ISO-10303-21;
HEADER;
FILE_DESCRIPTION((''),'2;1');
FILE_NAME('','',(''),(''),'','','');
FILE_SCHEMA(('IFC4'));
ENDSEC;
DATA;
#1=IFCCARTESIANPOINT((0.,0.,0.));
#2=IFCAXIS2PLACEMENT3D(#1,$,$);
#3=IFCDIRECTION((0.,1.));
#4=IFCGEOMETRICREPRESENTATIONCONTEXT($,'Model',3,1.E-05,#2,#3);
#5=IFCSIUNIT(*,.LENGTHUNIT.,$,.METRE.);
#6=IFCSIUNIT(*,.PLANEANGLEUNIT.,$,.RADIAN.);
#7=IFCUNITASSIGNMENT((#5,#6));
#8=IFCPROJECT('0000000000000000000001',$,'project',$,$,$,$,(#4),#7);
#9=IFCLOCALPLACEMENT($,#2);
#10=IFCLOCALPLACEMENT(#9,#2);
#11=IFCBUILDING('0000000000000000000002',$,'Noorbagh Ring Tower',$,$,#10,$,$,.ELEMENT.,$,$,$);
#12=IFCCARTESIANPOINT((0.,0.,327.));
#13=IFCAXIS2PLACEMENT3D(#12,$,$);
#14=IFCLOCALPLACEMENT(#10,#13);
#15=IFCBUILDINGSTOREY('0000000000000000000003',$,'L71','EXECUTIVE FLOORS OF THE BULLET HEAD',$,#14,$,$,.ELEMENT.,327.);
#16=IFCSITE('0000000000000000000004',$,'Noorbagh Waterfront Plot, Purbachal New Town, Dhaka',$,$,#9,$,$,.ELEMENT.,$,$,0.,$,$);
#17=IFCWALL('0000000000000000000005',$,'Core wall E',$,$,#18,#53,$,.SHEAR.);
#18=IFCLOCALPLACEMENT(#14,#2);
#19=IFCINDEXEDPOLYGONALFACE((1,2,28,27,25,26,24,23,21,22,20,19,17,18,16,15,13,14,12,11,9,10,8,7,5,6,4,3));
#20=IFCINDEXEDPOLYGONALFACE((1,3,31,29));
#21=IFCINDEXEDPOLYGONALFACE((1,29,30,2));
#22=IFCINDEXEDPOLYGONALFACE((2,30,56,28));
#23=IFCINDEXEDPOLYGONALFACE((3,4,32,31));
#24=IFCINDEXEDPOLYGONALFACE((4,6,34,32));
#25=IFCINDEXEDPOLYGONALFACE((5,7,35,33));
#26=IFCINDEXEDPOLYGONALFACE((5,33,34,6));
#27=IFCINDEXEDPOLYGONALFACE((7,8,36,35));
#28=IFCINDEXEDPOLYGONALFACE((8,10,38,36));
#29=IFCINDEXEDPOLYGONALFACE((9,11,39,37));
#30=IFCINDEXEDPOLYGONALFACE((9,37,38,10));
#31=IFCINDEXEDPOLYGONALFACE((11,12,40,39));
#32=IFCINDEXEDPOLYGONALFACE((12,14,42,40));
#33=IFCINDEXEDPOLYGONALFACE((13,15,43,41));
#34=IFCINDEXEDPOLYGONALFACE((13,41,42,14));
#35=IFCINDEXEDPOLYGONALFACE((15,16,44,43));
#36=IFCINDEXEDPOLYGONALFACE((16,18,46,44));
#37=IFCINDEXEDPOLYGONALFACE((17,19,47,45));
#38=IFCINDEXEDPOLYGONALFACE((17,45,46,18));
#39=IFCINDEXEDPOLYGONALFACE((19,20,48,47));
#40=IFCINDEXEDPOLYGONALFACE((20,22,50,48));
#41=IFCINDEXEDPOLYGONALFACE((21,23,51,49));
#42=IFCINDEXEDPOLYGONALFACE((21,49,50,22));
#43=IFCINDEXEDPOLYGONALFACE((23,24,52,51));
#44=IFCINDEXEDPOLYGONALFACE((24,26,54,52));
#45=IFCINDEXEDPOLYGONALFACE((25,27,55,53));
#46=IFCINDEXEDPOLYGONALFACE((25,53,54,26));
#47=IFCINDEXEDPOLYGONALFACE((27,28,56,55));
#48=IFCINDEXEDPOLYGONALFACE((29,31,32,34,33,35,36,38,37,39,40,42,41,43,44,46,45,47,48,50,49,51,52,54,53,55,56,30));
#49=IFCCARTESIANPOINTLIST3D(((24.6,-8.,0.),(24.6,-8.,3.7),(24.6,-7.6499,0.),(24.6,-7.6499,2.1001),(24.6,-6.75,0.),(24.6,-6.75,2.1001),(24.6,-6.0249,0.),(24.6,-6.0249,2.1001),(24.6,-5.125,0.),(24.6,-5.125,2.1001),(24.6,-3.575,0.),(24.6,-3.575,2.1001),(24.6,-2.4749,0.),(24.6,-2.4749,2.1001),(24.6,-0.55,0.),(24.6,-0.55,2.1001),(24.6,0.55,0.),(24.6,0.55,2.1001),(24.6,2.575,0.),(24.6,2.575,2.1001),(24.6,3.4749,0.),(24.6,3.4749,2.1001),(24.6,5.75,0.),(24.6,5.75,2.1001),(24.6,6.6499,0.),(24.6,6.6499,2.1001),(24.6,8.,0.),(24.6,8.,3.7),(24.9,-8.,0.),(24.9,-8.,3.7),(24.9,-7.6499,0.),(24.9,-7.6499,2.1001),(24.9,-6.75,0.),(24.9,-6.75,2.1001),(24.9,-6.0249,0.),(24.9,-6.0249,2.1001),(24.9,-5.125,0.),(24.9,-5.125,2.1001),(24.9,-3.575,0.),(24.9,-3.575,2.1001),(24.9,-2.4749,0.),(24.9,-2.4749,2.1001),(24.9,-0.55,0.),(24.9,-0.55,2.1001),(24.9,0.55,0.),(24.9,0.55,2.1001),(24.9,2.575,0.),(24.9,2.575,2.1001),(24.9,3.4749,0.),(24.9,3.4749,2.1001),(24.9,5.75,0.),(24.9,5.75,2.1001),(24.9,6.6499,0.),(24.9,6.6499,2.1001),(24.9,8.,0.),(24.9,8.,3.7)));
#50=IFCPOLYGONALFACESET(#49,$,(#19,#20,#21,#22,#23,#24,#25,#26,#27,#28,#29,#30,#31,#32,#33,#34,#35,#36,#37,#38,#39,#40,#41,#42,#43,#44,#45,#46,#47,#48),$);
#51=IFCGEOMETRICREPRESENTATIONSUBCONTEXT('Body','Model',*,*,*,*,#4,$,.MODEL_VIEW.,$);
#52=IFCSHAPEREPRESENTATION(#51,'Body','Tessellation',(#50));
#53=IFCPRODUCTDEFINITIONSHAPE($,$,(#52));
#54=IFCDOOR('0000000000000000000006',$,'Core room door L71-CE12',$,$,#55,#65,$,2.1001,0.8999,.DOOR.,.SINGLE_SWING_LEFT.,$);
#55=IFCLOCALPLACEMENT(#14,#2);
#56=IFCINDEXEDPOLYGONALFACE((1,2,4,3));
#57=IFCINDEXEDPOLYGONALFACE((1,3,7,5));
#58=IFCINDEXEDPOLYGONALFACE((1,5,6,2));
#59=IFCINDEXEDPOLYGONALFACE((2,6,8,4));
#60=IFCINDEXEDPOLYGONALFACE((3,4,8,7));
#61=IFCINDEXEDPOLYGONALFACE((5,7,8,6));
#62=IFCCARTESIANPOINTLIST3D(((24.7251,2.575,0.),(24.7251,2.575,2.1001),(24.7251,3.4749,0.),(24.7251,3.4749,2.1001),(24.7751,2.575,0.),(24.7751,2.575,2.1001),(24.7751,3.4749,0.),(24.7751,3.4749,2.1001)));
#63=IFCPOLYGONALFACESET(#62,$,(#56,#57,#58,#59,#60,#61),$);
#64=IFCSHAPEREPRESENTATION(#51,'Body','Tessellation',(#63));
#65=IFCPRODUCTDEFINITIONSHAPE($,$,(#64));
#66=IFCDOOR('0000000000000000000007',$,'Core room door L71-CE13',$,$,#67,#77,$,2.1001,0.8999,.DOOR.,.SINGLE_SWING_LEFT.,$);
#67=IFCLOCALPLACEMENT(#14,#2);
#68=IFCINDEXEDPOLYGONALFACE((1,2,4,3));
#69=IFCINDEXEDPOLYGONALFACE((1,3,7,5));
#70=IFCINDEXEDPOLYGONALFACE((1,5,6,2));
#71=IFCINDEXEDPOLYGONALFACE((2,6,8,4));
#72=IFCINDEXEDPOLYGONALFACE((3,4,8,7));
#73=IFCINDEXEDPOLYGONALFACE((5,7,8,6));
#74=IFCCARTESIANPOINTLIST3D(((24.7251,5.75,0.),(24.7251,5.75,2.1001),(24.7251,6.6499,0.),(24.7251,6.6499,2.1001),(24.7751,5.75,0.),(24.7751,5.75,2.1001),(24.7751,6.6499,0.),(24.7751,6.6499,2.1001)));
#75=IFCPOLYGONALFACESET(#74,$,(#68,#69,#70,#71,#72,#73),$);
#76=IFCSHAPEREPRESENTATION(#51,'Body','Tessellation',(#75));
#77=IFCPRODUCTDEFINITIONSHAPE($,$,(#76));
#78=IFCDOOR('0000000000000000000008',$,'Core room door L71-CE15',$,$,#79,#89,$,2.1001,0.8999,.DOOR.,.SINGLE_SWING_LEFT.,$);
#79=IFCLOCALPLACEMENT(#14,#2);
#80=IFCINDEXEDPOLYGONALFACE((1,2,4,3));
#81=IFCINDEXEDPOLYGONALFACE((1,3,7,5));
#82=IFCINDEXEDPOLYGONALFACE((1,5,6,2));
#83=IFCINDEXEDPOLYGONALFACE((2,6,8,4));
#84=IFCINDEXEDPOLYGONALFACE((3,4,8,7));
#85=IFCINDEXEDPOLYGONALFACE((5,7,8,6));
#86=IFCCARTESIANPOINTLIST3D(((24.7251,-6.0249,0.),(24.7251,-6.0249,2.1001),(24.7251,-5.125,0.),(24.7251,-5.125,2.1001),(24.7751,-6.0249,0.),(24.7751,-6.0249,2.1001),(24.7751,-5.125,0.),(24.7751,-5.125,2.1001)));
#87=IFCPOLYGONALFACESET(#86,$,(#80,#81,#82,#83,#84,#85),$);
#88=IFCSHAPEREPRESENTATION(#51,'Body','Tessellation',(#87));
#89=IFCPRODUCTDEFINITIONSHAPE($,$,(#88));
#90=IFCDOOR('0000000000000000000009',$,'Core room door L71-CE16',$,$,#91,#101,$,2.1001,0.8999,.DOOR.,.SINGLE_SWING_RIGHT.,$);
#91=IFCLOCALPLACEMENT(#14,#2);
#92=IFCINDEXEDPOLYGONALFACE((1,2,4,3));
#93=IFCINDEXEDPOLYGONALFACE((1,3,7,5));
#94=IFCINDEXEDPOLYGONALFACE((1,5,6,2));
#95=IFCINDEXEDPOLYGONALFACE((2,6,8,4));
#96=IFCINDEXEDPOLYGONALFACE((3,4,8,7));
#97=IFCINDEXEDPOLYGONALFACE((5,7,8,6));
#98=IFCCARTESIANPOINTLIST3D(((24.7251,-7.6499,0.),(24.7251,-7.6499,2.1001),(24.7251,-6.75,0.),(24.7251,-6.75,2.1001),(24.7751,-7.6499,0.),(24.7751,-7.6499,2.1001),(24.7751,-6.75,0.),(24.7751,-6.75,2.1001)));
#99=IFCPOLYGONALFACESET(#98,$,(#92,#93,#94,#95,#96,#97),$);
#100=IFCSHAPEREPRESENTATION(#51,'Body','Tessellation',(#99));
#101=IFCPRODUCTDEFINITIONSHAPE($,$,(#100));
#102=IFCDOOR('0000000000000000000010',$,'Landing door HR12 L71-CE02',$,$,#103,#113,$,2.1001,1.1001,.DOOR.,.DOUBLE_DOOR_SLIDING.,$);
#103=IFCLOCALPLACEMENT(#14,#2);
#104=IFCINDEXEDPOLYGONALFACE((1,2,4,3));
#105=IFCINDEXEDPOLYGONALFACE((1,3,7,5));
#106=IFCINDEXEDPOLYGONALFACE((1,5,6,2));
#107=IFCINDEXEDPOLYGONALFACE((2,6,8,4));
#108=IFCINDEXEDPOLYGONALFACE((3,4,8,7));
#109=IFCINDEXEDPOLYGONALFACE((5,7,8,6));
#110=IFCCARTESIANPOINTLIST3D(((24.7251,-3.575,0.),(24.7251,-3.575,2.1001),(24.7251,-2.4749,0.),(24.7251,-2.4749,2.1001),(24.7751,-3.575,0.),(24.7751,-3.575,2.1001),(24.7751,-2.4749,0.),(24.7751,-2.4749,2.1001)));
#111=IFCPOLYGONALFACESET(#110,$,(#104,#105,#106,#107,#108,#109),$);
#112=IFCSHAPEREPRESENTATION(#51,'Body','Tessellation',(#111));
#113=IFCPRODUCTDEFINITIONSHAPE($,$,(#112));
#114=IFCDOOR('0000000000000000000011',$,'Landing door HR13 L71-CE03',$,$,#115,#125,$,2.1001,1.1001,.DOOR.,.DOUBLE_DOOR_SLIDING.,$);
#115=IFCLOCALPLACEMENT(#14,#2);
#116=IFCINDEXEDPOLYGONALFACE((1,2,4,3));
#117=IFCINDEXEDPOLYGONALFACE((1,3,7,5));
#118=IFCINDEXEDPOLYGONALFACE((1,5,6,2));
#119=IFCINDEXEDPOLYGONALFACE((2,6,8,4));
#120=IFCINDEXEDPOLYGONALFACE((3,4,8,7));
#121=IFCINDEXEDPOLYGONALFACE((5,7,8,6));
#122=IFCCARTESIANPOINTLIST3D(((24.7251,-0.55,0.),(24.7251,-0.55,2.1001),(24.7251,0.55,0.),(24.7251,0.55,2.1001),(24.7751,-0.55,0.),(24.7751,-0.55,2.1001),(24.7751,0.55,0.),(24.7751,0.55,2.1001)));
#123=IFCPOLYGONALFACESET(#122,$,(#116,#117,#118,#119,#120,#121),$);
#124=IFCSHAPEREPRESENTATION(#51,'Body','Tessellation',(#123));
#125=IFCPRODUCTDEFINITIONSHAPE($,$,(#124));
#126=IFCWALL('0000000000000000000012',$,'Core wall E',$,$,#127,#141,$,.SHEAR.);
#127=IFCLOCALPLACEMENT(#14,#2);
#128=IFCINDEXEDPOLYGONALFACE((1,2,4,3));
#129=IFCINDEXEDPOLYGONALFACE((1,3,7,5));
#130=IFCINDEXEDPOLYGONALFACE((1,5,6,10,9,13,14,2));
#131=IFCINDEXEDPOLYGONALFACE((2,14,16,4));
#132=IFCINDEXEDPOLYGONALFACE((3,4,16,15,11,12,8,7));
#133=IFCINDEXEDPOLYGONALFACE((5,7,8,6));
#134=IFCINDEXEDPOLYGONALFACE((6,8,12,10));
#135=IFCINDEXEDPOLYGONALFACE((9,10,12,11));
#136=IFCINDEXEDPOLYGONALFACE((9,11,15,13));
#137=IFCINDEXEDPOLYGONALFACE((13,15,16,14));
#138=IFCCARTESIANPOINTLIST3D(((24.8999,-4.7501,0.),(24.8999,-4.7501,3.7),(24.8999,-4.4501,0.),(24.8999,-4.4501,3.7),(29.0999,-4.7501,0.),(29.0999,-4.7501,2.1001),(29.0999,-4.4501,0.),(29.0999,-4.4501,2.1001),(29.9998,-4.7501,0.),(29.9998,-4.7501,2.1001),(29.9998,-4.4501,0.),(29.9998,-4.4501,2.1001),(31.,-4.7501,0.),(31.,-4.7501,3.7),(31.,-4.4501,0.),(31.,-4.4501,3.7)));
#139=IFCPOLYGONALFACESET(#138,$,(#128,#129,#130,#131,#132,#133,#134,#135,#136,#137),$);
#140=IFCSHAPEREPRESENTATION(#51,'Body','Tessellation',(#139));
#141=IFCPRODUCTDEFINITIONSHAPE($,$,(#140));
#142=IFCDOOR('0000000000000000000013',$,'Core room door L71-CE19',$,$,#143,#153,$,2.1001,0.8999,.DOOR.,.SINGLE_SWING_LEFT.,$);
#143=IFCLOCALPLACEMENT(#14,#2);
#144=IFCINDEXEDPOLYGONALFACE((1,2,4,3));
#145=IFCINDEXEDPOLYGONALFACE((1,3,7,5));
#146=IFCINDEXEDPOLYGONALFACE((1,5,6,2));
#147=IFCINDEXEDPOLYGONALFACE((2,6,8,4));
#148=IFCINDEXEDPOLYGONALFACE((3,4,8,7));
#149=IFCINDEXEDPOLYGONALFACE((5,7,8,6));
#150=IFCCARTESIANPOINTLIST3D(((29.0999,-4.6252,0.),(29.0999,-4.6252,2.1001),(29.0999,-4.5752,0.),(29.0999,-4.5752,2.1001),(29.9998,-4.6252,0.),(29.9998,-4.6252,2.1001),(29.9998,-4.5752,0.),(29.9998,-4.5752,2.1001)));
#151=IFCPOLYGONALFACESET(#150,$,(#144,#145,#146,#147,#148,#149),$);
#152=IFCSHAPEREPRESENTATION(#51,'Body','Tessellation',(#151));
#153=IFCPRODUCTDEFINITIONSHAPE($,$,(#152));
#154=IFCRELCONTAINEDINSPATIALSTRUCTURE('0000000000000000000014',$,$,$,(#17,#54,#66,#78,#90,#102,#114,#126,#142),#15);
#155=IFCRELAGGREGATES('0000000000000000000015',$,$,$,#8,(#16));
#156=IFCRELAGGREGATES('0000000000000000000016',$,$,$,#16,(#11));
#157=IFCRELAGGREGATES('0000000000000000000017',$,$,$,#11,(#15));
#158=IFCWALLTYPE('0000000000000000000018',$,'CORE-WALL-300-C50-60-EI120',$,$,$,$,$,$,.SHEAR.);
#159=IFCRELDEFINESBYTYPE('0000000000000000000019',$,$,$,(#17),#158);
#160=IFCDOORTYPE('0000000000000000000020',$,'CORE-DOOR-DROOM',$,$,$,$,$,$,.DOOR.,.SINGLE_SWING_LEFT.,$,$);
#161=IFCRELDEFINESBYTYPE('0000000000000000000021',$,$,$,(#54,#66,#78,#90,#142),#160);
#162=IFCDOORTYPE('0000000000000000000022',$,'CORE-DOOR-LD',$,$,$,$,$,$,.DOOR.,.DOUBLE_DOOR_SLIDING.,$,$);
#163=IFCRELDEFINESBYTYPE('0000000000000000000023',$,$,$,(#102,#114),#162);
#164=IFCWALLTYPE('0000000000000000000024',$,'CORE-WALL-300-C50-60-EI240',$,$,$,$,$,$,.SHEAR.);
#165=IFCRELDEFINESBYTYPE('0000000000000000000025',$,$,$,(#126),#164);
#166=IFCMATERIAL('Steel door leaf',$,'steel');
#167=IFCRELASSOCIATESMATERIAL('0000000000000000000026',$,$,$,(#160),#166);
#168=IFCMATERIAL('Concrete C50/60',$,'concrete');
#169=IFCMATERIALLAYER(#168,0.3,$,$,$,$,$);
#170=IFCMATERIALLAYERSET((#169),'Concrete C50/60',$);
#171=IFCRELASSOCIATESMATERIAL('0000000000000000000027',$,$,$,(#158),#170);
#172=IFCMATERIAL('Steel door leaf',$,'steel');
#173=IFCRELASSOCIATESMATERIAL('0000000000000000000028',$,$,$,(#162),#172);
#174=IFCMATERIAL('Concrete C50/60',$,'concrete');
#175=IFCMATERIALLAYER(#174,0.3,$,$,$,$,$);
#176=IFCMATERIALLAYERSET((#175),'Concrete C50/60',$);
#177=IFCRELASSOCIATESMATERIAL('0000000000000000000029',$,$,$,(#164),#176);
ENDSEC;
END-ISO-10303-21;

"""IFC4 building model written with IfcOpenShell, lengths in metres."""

from ifc_helpers import new_model, si_unit, direction, frame, frame_2d, origin, place, context, subcontext, project, spatial, rectangle, extrude, material, layer, layer_set, type_object, element, fill, save


model = new_model("IFC4")

# Units and contexts
model_context = context("Model", 3, precision=1e-05, world=origin(), true_north=direction((0.0, 1.0)))
body_context = subcontext(model_context, "Body", "Model", "MODEL_VIEW")
ifc_project = project(units=[si_unit("LENGTHUNIT", "METRE"), si_unit("PLANEANGLEUNIT", "RADIAN")], contexts=[model_context])

# Site, building, storey
site_placement = place(None, origin())
site = spatial("IfcSite", under=ifc_project, at=site_placement, Name="Noorbagh Waterfront Plot, Purbachal New Town, Dhaka", CompositionType="ELEMENT", RefElevation=0.0)
building_placement = place(site_placement, origin())
building = spatial("IfcBuilding", under=site, at=building_placement, Name="Noorbagh Ring Tower", CompositionType="ELEMENT")
storey_placement = place(building_placement, frame((0.0, 0.0, 327.0)))
storey = spatial("IfcBuildingStorey", under=building, at=storey_placement, Name="L71", Description="EXECUTIVE FLOORS OF THE BULLET HEAD", CompositionType="ELEMENT", Elevation=327.0)

# Shared definitions
ifc_material_1 = material(Name="Steel door leaf", Category="steel")
door_type_1 = type_object("IfcDoorType", Name="CORE-DOOR-DROOM", OperationType="SINGLE_SWING_LEFT", PredefinedType="DOOR", material=ifc_material_1)

# Shared definitions
ifc_material_2 = material(Name="Concrete C50/60", Category="concrete")
ifc_layer_1 = layer(ifc_material_2, 0.3)
ifc_layer_set_1 = layer_set([ifc_layer_1], Name="Concrete C50/60")
wall_type_1 = type_object("IfcWallType", Name="CORE-WALL-300-C50-60-EI120", PredefinedType="SHEAR", material=ifc_layer_set_1)

# Wall, openings, doors
wall_1_placement = place(storey_placement, frame((24.75, -8.0, 0.0), z_axis=(0.0, 0.0, 1.0), x_axis=(0.0, 1.0, 0.0)))
wall_1 = element("IfcWall", 1, at=wall_1_placement, inside=storey, type_object=wall_type_1, Name="Core wall E", PredefinedType="SHEAR", context=body_context, shape_type="SweptSolid", body=[
    extrude(rectangle(XDim=16.0, YDim=0.3, at=frame_2d((8.0, 0.0))), origin(), (0.0, 0.0, 1.0), 3.7),
])
opening_1_placement = place(wall_1_placement, frame((4.425, 0.0, 0.0)))
opening_1 = element("IfcOpeningElement", 2, at=opening_1_placement, cuts=wall_1, PredefinedType="OPENING", context=body_context, shape_type="SweptSolid", body=[
    extrude(rectangle(XDim=1.1001, YDim=2.1001, at=frame_2d((0.55, 1.05))), frame((0.0, 0.1602, 0.0), z_axis=(0.0, -1.0, 0.0), x_axis=(1.0, 0.0, 0.0)), (0.0, 0.0, 1.0), 0.3201),
])
opening_2_placement = place(wall_1_placement, frame((7.45, 0.0, 0.0)))
opening_2 = element("IfcOpeningElement", 3, at=opening_2_placement, cuts=wall_1, PredefinedType="OPENING", context=body_context, shape_type="SweptSolid", body=[
    extrude(rectangle(XDim=1.1001, YDim=2.1001, at=frame_2d((0.55, 1.05))), frame((0.0, 0.1602, 0.0), z_axis=(0.0, -1.0, 0.0), x_axis=(1.0, 0.0, 0.0)), (0.0, 0.0, 1.0), 0.3201),
])
opening_3_placement = place(wall_1_placement, frame((10.575, 0.0, 0.0)))
opening_3 = element("IfcOpeningElement", 4, at=opening_3_placement, cuts=wall_1, PredefinedType="OPENING", context=body_context, shape_type="SweptSolid", body=[
    extrude(rectangle(XDim=0.8999, YDim=2.1001, at=frame_2d((0.45, 1.05))), frame((0.0, 0.1602, 0.0), z_axis=(0.0, -1.0, 0.0), x_axis=(1.0, 0.0, 0.0)), (0.0, 0.0, 1.0), 0.3201),
])
opening_4_placement = place(wall_1_placement, frame((13.75, 0.0, 0.0)))
opening_4 = element("IfcOpeningElement", 5, at=opening_4_placement, cuts=wall_1, PredefinedType="OPENING", context=body_context, shape_type="SweptSolid", body=[
    extrude(rectangle(XDim=0.8999, YDim=2.1001, at=frame_2d((0.45, 1.05))), frame((0.0, 0.1602, 0.0), z_axis=(0.0, -1.0, 0.0), x_axis=(1.0, 0.0, 0.0)), (0.0, 0.0, 1.0), 0.3201),
])
opening_5_placement = place(wall_1_placement, frame((1.9751, 0.0, 0.0)))
opening_5 = element("IfcOpeningElement", 6, at=opening_5_placement, cuts=wall_1, PredefinedType="OPENING", context=body_context, shape_type="SweptSolid", body=[
    extrude(rectangle(XDim=0.8999, YDim=2.1001, at=frame_2d((0.45, 1.05))), frame((0.0, 0.1602, 0.0), z_axis=(0.0, -1.0, 0.0), x_axis=(1.0, 0.0, 0.0)), (0.0, 0.0, 1.0), 0.3201),
])
opening_6_placement = place(wall_1_placement, frame((0.3501, 0.0, 0.0)))
opening_6 = element("IfcOpeningElement", 7, at=opening_6_placement, cuts=wall_1, PredefinedType="OPENING", context=body_context, shape_type="SweptSolid", body=[
    extrude(rectangle(XDim=0.8999, YDim=2.1001, at=frame_2d((0.45, 1.05))), frame((0.0, 0.1602, 0.0), z_axis=(0.0, -1.0, 0.0), x_axis=(1.0, 0.0, 0.0)), (0.0, 0.0, 1.0), 0.3201),
])
door_1_placement = place(opening_3_placement, origin())
door_1 = element("IfcDoor", 8, at=door_1_placement, inside=storey, type_object=door_type_1, Name="Core room door L71-CE12", OperationType="SINGLE_SWING_LEFT", OverallHeight=2.1001, OverallWidth=0.8999, PredefinedType="DOOR", context=body_context, shape_type="SweptSolid", body=[
    extrude(rectangle(XDim=0.8999, YDim=2.1001, at=frame_2d((0.45, 1.05))), frame((0.0, 0.0249, 0.0), z_axis=(0.0, -1.0, 0.0), x_axis=(1.0, 0.0, 0.0)), (0.0, 0.0, 1.0), 0.05),
])
fill(opening_3, door_1)
door_2_placement = place(opening_4_placement, origin())
door_2 = element("IfcDoor", 9, at=door_2_placement, inside=storey, type_object=door_type_1, Name="Core room door L71-CE13", OperationType="SINGLE_SWING_LEFT", OverallHeight=2.1001, OverallWidth=0.8999, PredefinedType="DOOR", context=body_context, shape_type="SweptSolid", body=[
    extrude(rectangle(XDim=0.8999, YDim=2.1001, at=frame_2d((0.45, 1.05))), frame((0.0, 0.0249, 0.0), z_axis=(0.0, -1.0, 0.0), x_axis=(1.0, 0.0, 0.0)), (0.0, 0.0, 1.0), 0.05),
])
fill(opening_4, door_2)
door_3_placement = place(opening_5_placement, origin())
door_3 = element("IfcDoor", 10, at=door_3_placement, inside=storey, type_object=door_type_1, Name="Core room door L71-CE15", OperationType="SINGLE_SWING_LEFT", OverallHeight=2.1001, OverallWidth=0.8999, PredefinedType="DOOR", context=body_context, shape_type="SweptSolid", body=[
    extrude(rectangle(XDim=0.8999, YDim=2.1001, at=frame_2d((0.45, 1.05))), frame((0.0, 0.0249, 0.0), z_axis=(0.0, -1.0, 0.0), x_axis=(1.0, 0.0, 0.0)), (0.0, 0.0, 1.0), 0.05),
])
fill(opening_5, door_3)
door_4_placement = place(opening_6_placement, origin())
door_4 = element("IfcDoor", 11, at=door_4_placement, inside=storey, type_object=door_type_1, Name="Core room door L71-CE16", OperationType="SINGLE_SWING_RIGHT", OverallHeight=2.1001, OverallWidth=0.8999, PredefinedType="DOOR", context=body_context, shape_type="SweptSolid", body=[
    extrude(rectangle(XDim=0.8999, YDim=2.1001, at=frame_2d((0.45, 1.05))), frame((0.0, 0.0249, 0.0), z_axis=(0.0, -1.0, 0.0), x_axis=(1.0, 0.0, 0.0)), (0.0, 0.0, 1.0), 0.05),
])
fill(opening_6, door_4)
ifc_material_3 = material(Name="Steel door leaf", Category="steel")
door_type_2 = type_object("IfcDoorType", Name="CORE-DOOR-LD", OperationType="DOUBLE_DOOR_SLIDING", PredefinedType="DOOR", material=ifc_material_3)
door_5_placement = place(opening_1_placement, origin())
door_5 = element("IfcDoor", 12, at=door_5_placement, inside=storey, type_object=door_type_2, Name="Landing door HR12 L71-CE02", OperationType="DOUBLE_DOOR_SLIDING", OverallHeight=2.1001, OverallWidth=1.1001, PredefinedType="DOOR", context=body_context, shape_type="SweptSolid", body=[
    extrude(rectangle(XDim=1.1001, YDim=2.1001, at=frame_2d((0.55, 1.05))), frame((0.0, 0.0249, 0.0), z_axis=(0.0, -1.0, 0.0), x_axis=(1.0, 0.0, 0.0)), (0.0, 0.0, 1.0), 0.05),
])
fill(opening_1, door_5)
door_6_placement = place(opening_2_placement, origin())
door_6 = element("IfcDoor", 13, at=door_6_placement, inside=storey, type_object=door_type_2, Name="Landing door HR13 L71-CE03", OperationType="DOUBLE_DOOR_SLIDING", OverallHeight=2.1001, OverallWidth=1.1001, PredefinedType="DOOR", context=body_context, shape_type="SweptSolid", body=[
    extrude(rectangle(XDim=1.1001, YDim=2.1001, at=frame_2d((0.55, 1.05))), frame((0.0, 0.0249, 0.0), z_axis=(0.0, -1.0, 0.0), x_axis=(1.0, 0.0, 0.0)), (0.0, 0.0, 1.0), 0.05),
])
fill(opening_2, door_6)

# Wall, opening, door
ifc_material_4 = material(Name="Concrete C50/60", Category="concrete")
ifc_layer_2 = layer(ifc_material_4, 0.3)
ifc_layer_set_2 = layer_set([ifc_layer_2], Name="Concrete C50/60")
wall_type_2 = type_object("IfcWallType", Name="CORE-WALL-300-C50-60-EI240", PredefinedType="SHEAR", material=ifc_layer_set_2)
wall_2_placement = place(storey_placement, frame((24.8999, -4.6001, 0.0), z_axis=(0.0, 0.0, 1.0), x_axis=(1.0, 0.0, 0.0)))
wall_2 = element("IfcWall", 14, at=wall_2_placement, inside=storey, type_object=wall_type_2, Name="Core wall E", PredefinedType="SHEAR", context=body_context, shape_type="SweptSolid", body=[
    extrude(rectangle(XDim=6.1001, YDim=0.3, at=frame_2d((3.05, 0.0))), origin(), (0.0, 0.0, 1.0), 3.7),
])
opening_7_placement = place(wall_2_placement, frame((4.2, 0.0, 0.0)))
opening_7 = element("IfcOpeningElement", 15, at=opening_7_placement, cuts=wall_2, PredefinedType="OPENING", context=body_context, shape_type="SweptSolid", body=[
    extrude(rectangle(XDim=0.8999, YDim=2.1001, at=frame_2d((0.45, 1.05))), frame((0.0, 0.1602, 0.0), z_axis=(0.0, -1.0, 0.0), x_axis=(1.0, 0.0, 0.0)), (0.0, 0.0, 1.0), 0.3201),
])
door_7_placement = place(opening_7_placement, origin())
door_7 = element("IfcDoor", 16, at=door_7_placement, inside=storey, type_object=door_type_1, Name="Core room door L71-CE19", OperationType="SINGLE_SWING_LEFT", OverallHeight=2.1001, OverallWidth=0.8999, PredefinedType="DOOR", context=body_context, shape_type="SweptSolid", body=[
    extrude(rectangle(XDim=0.8999, YDim=2.1001, at=frame_2d((0.45, 1.05))), frame((0.0, 0.0249, 0.0), z_axis=(0.0, -1.0, 0.0), x_axis=(1.0, 0.0, 0.0)), (0.0, 0.0, 1.0), 0.05),
])
fill(opening_7, door_7)

save(model, "model.ifc")
